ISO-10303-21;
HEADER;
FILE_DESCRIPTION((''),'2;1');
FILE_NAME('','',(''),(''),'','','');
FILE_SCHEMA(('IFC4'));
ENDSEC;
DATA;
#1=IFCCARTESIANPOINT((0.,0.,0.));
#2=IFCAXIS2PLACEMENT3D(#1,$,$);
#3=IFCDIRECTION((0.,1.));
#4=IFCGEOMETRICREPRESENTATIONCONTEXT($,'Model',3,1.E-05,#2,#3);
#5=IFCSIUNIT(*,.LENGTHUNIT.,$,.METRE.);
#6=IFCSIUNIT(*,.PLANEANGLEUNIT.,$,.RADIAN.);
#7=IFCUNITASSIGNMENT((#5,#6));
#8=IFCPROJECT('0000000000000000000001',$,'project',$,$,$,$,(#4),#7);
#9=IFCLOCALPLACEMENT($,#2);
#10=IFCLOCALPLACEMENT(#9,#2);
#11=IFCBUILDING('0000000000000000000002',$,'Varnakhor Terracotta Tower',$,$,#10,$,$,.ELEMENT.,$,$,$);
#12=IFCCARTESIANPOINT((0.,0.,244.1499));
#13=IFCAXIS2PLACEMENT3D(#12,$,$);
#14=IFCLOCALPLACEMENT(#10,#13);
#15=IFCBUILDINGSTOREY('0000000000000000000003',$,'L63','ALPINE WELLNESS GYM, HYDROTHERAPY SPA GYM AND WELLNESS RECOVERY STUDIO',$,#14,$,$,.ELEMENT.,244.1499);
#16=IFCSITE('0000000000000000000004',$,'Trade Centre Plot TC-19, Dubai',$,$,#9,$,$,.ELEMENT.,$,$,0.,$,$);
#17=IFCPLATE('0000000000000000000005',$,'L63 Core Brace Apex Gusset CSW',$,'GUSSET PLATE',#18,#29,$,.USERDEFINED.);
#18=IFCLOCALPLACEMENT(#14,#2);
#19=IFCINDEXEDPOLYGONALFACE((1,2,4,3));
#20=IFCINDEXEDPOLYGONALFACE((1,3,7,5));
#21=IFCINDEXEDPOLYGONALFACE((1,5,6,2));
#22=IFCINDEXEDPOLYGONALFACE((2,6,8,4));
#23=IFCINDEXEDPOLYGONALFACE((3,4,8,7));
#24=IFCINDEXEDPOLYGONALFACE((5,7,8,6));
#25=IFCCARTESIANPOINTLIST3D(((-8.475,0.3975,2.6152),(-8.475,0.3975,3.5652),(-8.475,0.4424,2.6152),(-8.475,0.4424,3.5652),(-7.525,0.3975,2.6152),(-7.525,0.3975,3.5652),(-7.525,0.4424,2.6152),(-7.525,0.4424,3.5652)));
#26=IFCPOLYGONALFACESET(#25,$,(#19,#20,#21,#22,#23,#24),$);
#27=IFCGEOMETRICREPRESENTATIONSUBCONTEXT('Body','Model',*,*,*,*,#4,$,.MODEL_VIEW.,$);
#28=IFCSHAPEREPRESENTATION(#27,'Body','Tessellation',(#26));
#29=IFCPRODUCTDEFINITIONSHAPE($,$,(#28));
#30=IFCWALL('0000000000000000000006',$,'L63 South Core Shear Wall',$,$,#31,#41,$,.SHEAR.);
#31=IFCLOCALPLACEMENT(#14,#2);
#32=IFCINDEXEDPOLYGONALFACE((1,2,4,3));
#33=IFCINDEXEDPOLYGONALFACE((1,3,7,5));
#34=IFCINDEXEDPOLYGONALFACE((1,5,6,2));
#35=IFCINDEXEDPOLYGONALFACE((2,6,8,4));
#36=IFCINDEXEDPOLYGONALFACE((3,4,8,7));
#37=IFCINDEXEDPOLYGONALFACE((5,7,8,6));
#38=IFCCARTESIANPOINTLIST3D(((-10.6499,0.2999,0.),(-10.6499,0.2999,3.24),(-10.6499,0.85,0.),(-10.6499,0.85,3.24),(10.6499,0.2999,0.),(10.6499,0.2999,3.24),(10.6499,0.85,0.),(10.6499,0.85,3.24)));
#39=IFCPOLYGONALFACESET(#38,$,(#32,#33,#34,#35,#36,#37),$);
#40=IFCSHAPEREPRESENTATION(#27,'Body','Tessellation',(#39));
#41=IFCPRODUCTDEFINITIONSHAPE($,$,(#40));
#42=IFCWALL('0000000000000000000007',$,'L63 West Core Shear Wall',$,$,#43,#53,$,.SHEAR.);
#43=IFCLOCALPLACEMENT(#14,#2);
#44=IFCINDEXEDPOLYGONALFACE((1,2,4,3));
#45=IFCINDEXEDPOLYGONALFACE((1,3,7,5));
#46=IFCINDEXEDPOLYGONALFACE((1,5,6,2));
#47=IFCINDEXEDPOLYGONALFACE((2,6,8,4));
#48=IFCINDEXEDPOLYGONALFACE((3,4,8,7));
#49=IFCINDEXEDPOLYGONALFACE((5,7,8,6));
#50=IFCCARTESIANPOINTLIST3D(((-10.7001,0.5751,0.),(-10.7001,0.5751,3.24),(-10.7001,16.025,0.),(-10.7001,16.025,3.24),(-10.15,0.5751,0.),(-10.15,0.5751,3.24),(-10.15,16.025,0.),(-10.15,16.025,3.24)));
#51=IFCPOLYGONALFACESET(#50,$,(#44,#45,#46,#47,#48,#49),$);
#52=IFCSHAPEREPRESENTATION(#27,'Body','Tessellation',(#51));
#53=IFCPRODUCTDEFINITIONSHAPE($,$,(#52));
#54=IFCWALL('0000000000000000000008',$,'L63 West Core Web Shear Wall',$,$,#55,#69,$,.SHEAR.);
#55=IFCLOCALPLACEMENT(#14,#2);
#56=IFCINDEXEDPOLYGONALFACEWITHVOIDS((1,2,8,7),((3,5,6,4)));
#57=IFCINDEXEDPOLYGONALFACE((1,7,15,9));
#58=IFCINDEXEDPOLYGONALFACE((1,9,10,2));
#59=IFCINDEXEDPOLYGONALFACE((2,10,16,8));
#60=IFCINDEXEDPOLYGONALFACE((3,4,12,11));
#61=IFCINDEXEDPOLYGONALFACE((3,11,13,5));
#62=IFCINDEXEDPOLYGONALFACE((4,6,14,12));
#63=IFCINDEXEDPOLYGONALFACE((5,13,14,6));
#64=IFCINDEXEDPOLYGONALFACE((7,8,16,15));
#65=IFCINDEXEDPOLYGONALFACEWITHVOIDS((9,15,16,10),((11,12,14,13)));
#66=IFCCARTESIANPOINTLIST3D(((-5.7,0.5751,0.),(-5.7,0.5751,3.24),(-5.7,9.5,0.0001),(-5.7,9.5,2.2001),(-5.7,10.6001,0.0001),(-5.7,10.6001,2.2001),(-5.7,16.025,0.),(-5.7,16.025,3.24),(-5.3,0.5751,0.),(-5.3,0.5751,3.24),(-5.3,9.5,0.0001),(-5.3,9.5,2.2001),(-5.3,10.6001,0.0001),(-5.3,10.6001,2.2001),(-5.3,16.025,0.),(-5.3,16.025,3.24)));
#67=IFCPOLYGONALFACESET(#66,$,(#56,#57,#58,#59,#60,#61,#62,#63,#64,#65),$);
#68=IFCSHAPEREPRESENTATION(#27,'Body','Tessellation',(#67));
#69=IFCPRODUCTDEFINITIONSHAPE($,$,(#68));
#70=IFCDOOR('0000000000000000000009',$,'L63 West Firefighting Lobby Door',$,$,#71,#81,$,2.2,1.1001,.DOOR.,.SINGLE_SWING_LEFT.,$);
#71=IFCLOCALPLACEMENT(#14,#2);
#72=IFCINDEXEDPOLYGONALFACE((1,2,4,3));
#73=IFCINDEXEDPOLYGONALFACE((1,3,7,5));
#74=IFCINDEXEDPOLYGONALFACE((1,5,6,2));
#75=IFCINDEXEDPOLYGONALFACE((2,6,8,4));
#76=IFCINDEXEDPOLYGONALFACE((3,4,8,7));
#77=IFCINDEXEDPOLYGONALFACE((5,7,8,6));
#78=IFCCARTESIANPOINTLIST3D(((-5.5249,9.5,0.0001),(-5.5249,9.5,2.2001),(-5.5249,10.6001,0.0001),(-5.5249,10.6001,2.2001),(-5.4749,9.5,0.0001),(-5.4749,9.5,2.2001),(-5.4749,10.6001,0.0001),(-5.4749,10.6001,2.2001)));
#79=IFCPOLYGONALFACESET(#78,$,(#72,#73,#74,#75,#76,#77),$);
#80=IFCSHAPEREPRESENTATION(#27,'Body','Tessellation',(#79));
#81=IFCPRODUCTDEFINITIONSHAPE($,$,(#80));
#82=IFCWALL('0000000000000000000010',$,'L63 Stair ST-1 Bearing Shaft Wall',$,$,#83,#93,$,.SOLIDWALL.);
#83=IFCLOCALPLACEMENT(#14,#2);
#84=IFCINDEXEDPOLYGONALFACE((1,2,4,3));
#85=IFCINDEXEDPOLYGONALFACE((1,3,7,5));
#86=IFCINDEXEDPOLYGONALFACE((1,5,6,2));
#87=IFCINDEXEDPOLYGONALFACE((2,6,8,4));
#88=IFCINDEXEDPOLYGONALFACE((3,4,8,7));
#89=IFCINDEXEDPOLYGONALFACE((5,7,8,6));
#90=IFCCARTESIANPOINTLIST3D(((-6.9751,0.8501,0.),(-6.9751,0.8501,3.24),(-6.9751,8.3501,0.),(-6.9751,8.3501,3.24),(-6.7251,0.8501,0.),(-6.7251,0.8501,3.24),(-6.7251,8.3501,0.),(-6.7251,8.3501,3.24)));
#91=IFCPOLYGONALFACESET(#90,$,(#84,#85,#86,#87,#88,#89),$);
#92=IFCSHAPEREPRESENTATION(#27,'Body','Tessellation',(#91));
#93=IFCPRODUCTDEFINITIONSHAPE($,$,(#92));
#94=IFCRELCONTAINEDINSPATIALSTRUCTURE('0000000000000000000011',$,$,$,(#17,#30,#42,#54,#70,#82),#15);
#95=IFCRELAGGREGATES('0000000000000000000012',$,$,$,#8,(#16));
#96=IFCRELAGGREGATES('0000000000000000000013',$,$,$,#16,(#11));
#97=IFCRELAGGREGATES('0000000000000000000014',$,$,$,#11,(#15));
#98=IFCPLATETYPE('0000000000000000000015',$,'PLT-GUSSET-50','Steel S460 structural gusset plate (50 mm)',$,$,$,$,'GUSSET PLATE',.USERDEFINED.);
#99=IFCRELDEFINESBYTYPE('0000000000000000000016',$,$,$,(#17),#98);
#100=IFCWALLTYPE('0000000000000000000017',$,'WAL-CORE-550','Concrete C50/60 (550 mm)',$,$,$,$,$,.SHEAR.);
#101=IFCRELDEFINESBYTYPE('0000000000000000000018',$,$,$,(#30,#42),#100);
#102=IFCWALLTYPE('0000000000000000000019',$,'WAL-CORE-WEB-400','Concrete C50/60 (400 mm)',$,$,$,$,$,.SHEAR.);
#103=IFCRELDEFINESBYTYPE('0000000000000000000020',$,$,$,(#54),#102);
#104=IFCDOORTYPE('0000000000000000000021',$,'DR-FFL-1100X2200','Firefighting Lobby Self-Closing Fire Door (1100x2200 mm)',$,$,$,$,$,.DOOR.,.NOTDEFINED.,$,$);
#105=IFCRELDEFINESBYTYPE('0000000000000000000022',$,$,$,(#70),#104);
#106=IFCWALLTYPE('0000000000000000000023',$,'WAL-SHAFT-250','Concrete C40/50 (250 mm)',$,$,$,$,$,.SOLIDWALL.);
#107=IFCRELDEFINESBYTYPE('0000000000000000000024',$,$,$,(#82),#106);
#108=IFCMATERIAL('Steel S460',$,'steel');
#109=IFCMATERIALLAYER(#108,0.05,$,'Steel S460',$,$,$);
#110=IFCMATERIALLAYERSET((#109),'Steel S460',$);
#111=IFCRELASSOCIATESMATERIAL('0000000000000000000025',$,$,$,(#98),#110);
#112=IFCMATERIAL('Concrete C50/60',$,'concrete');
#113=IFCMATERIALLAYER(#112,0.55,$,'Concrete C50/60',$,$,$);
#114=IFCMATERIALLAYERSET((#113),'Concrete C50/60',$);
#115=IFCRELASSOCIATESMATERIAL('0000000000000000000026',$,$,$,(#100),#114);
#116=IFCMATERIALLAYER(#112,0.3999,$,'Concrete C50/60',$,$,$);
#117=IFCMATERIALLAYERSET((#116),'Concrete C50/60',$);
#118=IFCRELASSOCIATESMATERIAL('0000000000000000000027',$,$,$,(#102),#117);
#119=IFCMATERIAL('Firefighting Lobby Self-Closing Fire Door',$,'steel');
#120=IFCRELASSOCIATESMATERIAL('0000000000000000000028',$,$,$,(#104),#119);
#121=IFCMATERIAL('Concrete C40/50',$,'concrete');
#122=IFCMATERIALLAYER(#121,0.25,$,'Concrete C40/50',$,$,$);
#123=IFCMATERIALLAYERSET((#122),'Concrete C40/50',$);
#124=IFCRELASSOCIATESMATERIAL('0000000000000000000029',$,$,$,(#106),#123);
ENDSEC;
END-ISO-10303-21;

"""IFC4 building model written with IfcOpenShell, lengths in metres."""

from ifc_helpers import new_model, si_unit, direction, frame, frame_2d, origin, origin_2d, place, context, subcontext, project, spatial, rectangle, extrude, source, transform, mapped, material, layer, layer_set, type_object, type_shapes, element, fill, save


model = new_model("IFC4")

# Units and contexts
model_context = context("Model", 3, precision=1e-05, world=origin(), true_north=direction((0.0, 1.0)))
body_context = subcontext(model_context, "Body", "Model", "MODEL_VIEW")
ifc_project = project(units=[si_unit("LENGTHUNIT", "METRE"), si_unit("PLANEANGLEUNIT", "RADIAN")], contexts=[model_context])

# Site, building, storey
site_placement = place(None, origin())
site = spatial("IfcSite", under=ifc_project, at=site_placement, Name="Trade Centre Plot TC-19, Dubai", CompositionType="ELEMENT", RefElevation=0.0)
building_placement = place(site_placement, origin())
building = spatial("IfcBuilding", under=site, at=building_placement, Name="Varnakhor Terracotta Tower", CompositionType="ELEMENT")
storey_placement = place(building_placement, frame((0.0, 0.0, 244.1499)))
storey = spatial("IfcBuildingStorey", under=building, at=storey_placement, Name="L63", Description="ALPINE WELLNESS GYM, HYDROTHERAPY SPA GYM AND WELLNESS RECOVERY STUDIO", CompositionType="ELEMENT", Elevation=244.1499)

# Shared definitions
ifc_material_1 = material(Name="Concrete C50/60", Category="concrete")

# Plate
ifc_material_2 = material(Name="Steel S460", Category="steel")
ifc_layer_1 = layer(ifc_material_2, 0.05, Name="Steel S460")
ifc_layer_set_1 = layer_set([ifc_layer_1], Name="Steel S460")
plate_type = type_object("IfcPlateType", Name="PLT-GUSSET-50", Description="Steel S460 structural gusset plate (50 mm)", ElementType="GUSSET PLATE", PredefinedType="USERDEFINED", material=ifc_layer_set_1)
shared_shape_1 = source(origin(), body_context, "Body", "SweptSolid", [
    extrude(rectangle(XDim=0.95, YDim=0.0449, at=origin_2d()), origin(), (0.0, 0.0, 1.0), 0.95),
])
plate_placement = place(storey_placement, frame((-8.0, 0.4199, 2.6152), z_axis=(0.0, 0.0, 1.0), x_axis=(1.0, 0.0, 0.0)))
element("IfcPlate", 1, at=plate_placement, inside=storey, type_object=plate_type, Name="L63 Core Brace Apex Gusset CSW", ObjectType="GUSSET PLATE", PredefinedType="USERDEFINED", context=body_context, shape_type="MappedRepresentation", body=[
    mapped(shared_shape_1, transform((0.0, 0.0, 0.0), scale=1.0)),
])

# Walls
ifc_layer_2 = layer(ifc_material_1, 0.55, Name="Concrete C50/60")
ifc_layer_set_2 = layer_set([ifc_layer_2], Name="Concrete C50/60")
wall_type_1 = type_object("IfcWallType", Name="WAL-CORE-550", Description="Concrete C50/60 (550 mm)", PredefinedType="SHEAR", material=ifc_layer_set_2)
wall_1_placement = place(storey_placement, frame((-10.6499, 0.575, 0.0), z_axis=(0.0, 0.0, 1.0), x_axis=(1.0, 0.0, 0.0)))
element("IfcWall", 2, at=wall_1_placement, inside=storey, type_object=wall_type_1, Name="L63 South Core Shear Wall", PredefinedType="SHEAR", context=body_context, shape_type="SweptSolid", body=[
    extrude(rectangle(XDim=21.2998, YDim=0.55, at=frame_2d((10.6499, 0.0))), origin(), (0.0, 0.0, 1.0), 3.24),
])
wall_2_placement = place(storey_placement, frame((-10.425, 0.575, 0.0), z_axis=(0.0, 0.0, 1.0), x_axis=(0.0, 1.0, 0.0)))
element("IfcWall", 3, at=wall_2_placement, inside=storey, type_object=wall_type_1, Name="L63 West Core Shear Wall", PredefinedType="SHEAR", context=body_context, shape_type="SweptSolid", body=[
    extrude(rectangle(XDim=15.45, YDim=0.55, at=frame_2d((7.7251, 0.0))), origin(), (0.0, 0.0, 1.0), 3.24),
])

# Wall, opening, door
ifc_layer_3 = layer(ifc_material_1, 0.3999, Name="Concrete C50/60")
ifc_layer_set_3 = layer_set([ifc_layer_3], Name="Concrete C50/60")
wall_type_2 = type_object("IfcWallType", Name="WAL-CORE-WEB-400", Description="Concrete C50/60 (400 mm)", PredefinedType="SHEAR", material=ifc_layer_set_3)
wall_3_placement = place(storey_placement, frame((-5.5, 0.575, 0.0), z_axis=(0.0, 0.0, 1.0), x_axis=(0.0, 1.0, 0.0)))
wall_3 = element("IfcWall", 4, at=wall_3_placement, inside=storey, type_object=wall_type_2, Name="L63 West Core Web Shear Wall", PredefinedType="SHEAR", context=body_context, shape_type="SweptSolid", body=[
    extrude(rectangle(XDim=15.45, YDim=0.3999, at=frame_2d((7.7251, 0.0))), origin(), (0.0, 0.0, 1.0), 3.24),
])
opening_placement = place(wall_3_placement, frame((8.925, 0.0, 0.0)))
opening = element("IfcOpeningElement", 5, at=opening_placement, cuts=wall_3, PredefinedType="OPENING", context=body_context, shape_type="SweptSolid", body=[
    extrude(rectangle(XDim=1.1001, YDim=2.2, at=frame_2d((0.55, 1.1001))), frame((0.0, 0.21, 0.0), z_axis=(0.0, -1.0, 0.0), x_axis=(1.0, 0.0, 0.0)), (0.0, 0.0, 1.0), 0.4199),
])
ifc_material_3 = material(Name="Firefighting Lobby Self-Closing Fire Door", Category="steel")
door_type = type_object("IfcDoorType", Name="DR-FFL-1100X2200", Description="Firefighting Lobby Self-Closing Fire Door (1100x2200 mm)", OperationType="NOTDEFINED", PredefinedType="DOOR", material=ifc_material_3)
shared_shape_2 = source(origin(), body_context, "Body", "SweptSolid", [
    extrude(rectangle(XDim=1.1001, YDim=2.2, at=frame_2d((0.55, 1.1001))), frame((0.0, 0.0249, 0.0), z_axis=(0.0, -1.0, 0.0), x_axis=(1.0, 0.0, 0.0)), (0.0, 0.0, 1.0), 0.05),
])
type_shapes(door_type, [shared_shape_2])
door_placement = place(opening_placement, origin())
door = element("IfcDoor", 6, at=door_placement, inside=storey, type_object=door_type, Name="L63 West Firefighting Lobby Door", OperationType="SINGLE_SWING_LEFT", OverallHeight=2.2, OverallWidth=1.1001, PredefinedType="DOOR", context=body_context, shape_type="MappedRepresentation", body=[
    mapped(shared_shape_2, transform((0.0, 0.0, 0.0), scale=1.0)),
])
fill(opening, door)

# Wall
ifc_material_4 = material(Name="Concrete C40/50", Category="concrete")
ifc_layer_4 = layer(ifc_material_4, 0.25, Name="Concrete C40/50")
ifc_layer_set_4 = layer_set([ifc_layer_4], Name="Concrete C40/50")
wall_type_3 = type_object("IfcWallType", Name="WAL-SHAFT-250", Description="Concrete C40/50 (250 mm)", PredefinedType="SOLIDWALL", material=ifc_layer_set_4)
wall_4_placement = place(storey_placement, frame((-6.8501, 0.8501, 0.0), z_axis=(0.0, 0.0, 1.0), x_axis=(0.0, 1.0, 0.0)))
element("IfcWall", 7, at=wall_4_placement, inside=storey, type_object=wall_type_3, Name="L63 Stair ST-1 Bearing Shaft Wall", PredefinedType="SOLIDWALL", context=body_context, shape_type="SweptSolid", body=[
    extrude(rectangle(XDim=7.5, YDim=0.25, at=frame_2d((3.75, 0.0))), origin(), (0.0, 0.0, 1.0), 3.24),
])

save(model, "model.ifc")
